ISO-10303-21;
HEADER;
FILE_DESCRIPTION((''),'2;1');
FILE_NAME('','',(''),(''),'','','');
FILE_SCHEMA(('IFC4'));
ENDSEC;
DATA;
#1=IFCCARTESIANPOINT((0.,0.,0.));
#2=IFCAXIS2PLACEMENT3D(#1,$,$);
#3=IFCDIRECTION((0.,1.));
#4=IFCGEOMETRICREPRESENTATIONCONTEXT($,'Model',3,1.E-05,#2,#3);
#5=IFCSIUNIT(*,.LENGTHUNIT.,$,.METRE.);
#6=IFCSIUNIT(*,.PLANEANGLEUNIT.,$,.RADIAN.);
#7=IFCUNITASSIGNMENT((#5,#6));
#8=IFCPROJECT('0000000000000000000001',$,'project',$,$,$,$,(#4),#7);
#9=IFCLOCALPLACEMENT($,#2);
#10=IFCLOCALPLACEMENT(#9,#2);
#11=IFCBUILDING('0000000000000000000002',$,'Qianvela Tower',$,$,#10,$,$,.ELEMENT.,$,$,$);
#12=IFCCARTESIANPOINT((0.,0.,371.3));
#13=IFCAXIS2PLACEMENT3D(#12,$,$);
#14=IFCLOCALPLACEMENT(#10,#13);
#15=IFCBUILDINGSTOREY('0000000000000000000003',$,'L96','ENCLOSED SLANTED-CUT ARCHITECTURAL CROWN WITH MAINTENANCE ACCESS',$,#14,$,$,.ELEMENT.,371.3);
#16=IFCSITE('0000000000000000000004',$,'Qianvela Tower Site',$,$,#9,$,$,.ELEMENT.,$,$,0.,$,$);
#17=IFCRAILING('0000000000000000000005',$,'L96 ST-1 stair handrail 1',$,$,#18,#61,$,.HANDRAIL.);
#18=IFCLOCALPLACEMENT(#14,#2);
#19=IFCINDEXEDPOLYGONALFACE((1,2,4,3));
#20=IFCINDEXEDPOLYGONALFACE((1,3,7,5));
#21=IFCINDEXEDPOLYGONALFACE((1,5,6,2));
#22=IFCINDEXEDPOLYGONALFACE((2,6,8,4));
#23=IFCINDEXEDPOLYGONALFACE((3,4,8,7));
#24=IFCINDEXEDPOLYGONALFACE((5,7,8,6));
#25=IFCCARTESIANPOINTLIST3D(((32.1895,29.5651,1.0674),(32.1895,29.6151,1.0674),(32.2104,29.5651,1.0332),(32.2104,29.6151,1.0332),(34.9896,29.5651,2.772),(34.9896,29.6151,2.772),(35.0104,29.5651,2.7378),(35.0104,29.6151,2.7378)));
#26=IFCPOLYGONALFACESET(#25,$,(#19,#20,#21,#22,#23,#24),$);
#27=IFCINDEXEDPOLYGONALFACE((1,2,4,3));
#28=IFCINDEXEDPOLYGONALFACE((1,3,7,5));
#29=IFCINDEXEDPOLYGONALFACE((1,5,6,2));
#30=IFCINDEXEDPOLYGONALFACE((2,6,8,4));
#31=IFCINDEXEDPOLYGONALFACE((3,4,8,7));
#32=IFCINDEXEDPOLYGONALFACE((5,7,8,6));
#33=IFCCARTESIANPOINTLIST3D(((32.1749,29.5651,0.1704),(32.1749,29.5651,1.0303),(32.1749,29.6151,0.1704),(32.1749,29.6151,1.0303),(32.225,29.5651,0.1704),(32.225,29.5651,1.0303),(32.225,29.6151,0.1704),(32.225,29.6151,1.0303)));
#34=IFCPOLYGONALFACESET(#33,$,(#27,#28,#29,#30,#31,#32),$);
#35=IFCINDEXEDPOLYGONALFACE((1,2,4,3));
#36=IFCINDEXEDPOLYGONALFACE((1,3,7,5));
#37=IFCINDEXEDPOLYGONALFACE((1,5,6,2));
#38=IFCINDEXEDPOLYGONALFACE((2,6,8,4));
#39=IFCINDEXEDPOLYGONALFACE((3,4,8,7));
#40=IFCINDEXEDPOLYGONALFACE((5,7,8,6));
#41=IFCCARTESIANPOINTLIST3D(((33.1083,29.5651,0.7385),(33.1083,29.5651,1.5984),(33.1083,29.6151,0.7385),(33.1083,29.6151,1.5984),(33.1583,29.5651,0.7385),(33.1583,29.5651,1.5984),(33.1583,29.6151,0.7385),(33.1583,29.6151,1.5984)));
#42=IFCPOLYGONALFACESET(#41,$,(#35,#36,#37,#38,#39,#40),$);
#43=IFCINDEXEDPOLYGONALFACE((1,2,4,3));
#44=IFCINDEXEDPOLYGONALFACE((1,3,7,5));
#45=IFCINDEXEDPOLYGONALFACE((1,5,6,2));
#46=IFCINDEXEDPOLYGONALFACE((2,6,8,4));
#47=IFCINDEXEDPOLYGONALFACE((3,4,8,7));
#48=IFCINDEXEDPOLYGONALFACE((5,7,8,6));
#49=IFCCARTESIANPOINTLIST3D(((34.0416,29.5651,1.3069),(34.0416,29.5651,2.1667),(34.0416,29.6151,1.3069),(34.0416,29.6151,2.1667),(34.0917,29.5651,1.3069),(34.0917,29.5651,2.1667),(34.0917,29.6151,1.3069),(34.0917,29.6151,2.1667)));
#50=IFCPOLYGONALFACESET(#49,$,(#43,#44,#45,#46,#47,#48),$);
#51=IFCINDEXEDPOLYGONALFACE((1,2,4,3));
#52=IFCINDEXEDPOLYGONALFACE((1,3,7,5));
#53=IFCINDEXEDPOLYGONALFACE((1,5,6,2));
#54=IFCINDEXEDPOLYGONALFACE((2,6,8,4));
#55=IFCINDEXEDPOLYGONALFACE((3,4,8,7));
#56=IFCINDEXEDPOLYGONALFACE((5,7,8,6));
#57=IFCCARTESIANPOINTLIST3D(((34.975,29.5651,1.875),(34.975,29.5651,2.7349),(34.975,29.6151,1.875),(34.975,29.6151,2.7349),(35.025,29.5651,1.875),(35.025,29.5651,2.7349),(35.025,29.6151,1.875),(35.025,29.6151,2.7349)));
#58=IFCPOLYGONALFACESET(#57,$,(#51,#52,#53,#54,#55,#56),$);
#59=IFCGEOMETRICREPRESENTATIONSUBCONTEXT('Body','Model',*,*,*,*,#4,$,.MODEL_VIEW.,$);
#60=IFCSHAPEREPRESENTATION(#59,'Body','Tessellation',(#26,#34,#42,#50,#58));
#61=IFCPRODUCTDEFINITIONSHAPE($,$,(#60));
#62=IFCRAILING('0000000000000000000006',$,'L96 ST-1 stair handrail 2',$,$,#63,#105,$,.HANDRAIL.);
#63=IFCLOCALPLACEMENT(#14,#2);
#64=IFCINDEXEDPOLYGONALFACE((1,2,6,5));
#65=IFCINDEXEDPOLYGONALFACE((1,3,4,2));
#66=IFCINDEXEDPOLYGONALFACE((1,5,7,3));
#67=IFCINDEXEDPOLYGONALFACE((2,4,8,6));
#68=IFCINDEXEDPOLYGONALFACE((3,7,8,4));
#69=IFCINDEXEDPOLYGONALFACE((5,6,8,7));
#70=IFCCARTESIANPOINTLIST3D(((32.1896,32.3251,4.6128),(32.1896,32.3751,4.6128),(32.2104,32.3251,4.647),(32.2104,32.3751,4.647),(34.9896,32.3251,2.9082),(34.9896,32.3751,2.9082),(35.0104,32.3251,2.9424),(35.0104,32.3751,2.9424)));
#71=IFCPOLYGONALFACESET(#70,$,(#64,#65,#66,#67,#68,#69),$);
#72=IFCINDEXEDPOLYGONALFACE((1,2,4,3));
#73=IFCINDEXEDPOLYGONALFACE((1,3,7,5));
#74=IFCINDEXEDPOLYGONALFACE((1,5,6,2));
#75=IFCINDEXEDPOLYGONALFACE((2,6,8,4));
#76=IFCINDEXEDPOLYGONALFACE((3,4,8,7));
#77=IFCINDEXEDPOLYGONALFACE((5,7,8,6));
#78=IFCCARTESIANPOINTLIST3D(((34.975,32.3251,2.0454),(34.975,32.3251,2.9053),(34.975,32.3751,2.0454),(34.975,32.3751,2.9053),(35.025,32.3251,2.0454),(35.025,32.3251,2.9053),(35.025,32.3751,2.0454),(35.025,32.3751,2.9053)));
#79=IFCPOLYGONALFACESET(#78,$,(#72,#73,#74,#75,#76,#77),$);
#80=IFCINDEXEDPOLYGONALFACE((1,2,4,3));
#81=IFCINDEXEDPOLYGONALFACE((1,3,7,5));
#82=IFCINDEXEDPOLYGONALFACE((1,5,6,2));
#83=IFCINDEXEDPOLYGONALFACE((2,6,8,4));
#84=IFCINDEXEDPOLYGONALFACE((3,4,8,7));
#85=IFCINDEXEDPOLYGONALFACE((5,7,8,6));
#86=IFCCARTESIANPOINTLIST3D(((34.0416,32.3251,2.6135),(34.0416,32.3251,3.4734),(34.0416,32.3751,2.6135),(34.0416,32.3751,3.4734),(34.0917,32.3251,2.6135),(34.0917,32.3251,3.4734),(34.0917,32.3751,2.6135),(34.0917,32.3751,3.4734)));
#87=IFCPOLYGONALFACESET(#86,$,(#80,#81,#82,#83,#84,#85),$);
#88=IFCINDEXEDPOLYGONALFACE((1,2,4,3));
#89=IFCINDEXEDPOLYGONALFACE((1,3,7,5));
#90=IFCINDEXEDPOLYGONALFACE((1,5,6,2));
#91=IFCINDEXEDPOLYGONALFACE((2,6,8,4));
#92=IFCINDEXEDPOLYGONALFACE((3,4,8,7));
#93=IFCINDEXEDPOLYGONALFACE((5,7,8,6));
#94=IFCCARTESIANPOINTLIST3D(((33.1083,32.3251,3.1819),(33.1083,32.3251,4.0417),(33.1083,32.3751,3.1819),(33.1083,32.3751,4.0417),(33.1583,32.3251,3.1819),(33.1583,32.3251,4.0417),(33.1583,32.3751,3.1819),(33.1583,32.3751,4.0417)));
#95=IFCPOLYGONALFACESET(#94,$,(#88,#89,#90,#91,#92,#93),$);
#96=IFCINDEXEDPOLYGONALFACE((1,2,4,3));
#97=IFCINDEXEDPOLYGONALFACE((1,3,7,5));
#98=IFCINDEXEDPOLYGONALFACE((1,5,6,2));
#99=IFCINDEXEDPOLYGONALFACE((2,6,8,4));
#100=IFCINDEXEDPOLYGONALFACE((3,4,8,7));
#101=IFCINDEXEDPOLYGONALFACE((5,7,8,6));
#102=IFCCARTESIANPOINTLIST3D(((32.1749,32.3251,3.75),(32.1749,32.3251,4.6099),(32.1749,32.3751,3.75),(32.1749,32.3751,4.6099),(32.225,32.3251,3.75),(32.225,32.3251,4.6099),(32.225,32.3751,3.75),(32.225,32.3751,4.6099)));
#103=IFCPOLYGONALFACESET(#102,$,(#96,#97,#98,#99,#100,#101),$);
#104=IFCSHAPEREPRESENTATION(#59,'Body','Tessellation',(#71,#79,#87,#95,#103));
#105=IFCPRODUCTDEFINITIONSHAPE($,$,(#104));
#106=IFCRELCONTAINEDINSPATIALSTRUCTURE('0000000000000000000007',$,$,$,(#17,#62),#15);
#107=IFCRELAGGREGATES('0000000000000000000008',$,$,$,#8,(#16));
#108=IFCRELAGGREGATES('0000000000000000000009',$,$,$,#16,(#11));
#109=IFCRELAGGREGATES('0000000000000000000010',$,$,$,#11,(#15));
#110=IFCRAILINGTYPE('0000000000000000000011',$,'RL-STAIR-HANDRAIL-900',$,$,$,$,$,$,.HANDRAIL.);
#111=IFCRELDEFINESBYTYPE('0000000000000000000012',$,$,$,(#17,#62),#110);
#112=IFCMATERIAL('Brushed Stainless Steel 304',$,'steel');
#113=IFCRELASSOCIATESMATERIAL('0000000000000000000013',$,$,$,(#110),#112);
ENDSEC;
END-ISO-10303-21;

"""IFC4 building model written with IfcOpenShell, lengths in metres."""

from ifc_helpers import new_model, si_unit, direction, frame, origin, origin_2d, place, context, subcontext, project, spatial, rectangle, extrude, material, type_object, element, save


model = new_model("IFC4")

# Units and contexts
model_context = context("Model", 3, precision=1e-05, world=origin(), true_north=direction((0.0, 1.0)))
body_context = subcontext(model_context, "Body", "Model", "MODEL_VIEW")
ifc_project = project(units=[si_unit("LENGTHUNIT", "METRE"), si_unit("PLANEANGLEUNIT", "RADIAN")], contexts=[model_context])

# Site, building, storey
site_placement = place(None, origin())
site = spatial("IfcSite", under=ifc_project, at=site_placement, Name="Qianvela Tower Site", CompositionType="ELEMENT", RefElevation=0.0)
building_placement = place(site_placement, origin())
building = spatial("IfcBuilding", under=site, at=building_placement, Name="Qianvela Tower", CompositionType="ELEMENT")
storey_placement = place(building_placement, frame((0.0, 0.0, 371.3)))
storey = spatial("IfcBuildingStorey", under=building, at=storey_placement, Name="L96", Description="ENCLOSED SLANTED-CUT ARCHITECTURAL CROWN WITH MAINTENANCE ACCESS", CompositionType="ELEMENT", Elevation=371.3)

# Railings
ifc_material_1 = material(Name="Brushed Stainless Steel 304", Category="steel")
railing_type_1 = type_object("IfcRailingType", Name="RL-STAIR-HANDRAIL-900", PredefinedType="HANDRAIL", material=ifc_material_1)
railing_1_placement = place(storey_placement, frame((32.2, 29.5901, 0.1704)))
element("IfcRailing", 1, at=railing_1_placement, inside=storey, type_object=railing_type_1, Name="L96 ST-1 stair handrail 1", PredefinedType="HANDRAIL", context=body_context, shape_type="SweptSolid", body=[
    extrude(rectangle(XDim=0.05, YDim=0.04, at=origin_2d()), frame((0.0, 0.0, 0.8799), z_axis=(0.85417, 0.0, 0.519994), x_axis=(0.0, 1.0, 0.0)), (0.0, 0.0, 1.0), 3.2781),
    extrude(rectangle(XDim=0.05, YDim=0.05, at=origin_2d()), origin(), (0.0, 0.0, 1.0), 0.8599),
    extrude(rectangle(XDim=0.05, YDim=0.05, at=origin_2d()), frame((0.9333, 0.0, 0.5681)), (0.0, 0.0, 1.0), 0.8599),
    extrude(rectangle(XDim=0.05, YDim=0.05, at=origin_2d()), frame((1.8667, 0.0, 1.1365)), (0.0, 0.0, 1.0), 0.8599),
    extrude(rectangle(XDim=0.05, YDim=0.05, at=origin_2d()), frame((2.8, 0.0, 1.7046)), (0.0, 0.0, 1.0), 0.8599),
])
railing_2_placement = place(storey_placement, frame((35.0, 32.3501, 2.0454)))
element("IfcRailing", 2, at=railing_2_placement, inside=storey, type_object=railing_type_1, Name="L96 ST-1 stair handrail 2", PredefinedType="HANDRAIL", context=body_context, shape_type="SweptSolid", body=[
    extrude(rectangle(XDim=0.05, YDim=0.04, at=origin_2d()), frame((0.0, 0.0, 0.8799), z_axis=(-0.85417, 0.0, 0.519994), x_axis=(0.0, -1.0, 0.0)), (0.0, 0.0, 1.0), 3.2781),
    extrude(rectangle(XDim=0.05, YDim=0.05, at=origin_2d()), origin(), (0.0, 0.0, 1.0), 0.8599),
    extrude(rectangle(XDim=0.05, YDim=0.05, at=origin_2d()), frame((-0.9333, 0.0, 0.5681)), (0.0, 0.0, 1.0), 0.8599),
    extrude(rectangle(XDim=0.05, YDim=0.05, at=origin_2d()), frame((-1.8667, 0.0, 1.1365)), (0.0, 0.0, 1.0), 0.8599),
    extrude(rectangle(XDim=0.05, YDim=0.05, at=origin_2d()), frame((-2.8, 0.0, 1.7046)), (0.0, 0.0, 1.0), 0.8599),
])

save(model, "model.ifc")
